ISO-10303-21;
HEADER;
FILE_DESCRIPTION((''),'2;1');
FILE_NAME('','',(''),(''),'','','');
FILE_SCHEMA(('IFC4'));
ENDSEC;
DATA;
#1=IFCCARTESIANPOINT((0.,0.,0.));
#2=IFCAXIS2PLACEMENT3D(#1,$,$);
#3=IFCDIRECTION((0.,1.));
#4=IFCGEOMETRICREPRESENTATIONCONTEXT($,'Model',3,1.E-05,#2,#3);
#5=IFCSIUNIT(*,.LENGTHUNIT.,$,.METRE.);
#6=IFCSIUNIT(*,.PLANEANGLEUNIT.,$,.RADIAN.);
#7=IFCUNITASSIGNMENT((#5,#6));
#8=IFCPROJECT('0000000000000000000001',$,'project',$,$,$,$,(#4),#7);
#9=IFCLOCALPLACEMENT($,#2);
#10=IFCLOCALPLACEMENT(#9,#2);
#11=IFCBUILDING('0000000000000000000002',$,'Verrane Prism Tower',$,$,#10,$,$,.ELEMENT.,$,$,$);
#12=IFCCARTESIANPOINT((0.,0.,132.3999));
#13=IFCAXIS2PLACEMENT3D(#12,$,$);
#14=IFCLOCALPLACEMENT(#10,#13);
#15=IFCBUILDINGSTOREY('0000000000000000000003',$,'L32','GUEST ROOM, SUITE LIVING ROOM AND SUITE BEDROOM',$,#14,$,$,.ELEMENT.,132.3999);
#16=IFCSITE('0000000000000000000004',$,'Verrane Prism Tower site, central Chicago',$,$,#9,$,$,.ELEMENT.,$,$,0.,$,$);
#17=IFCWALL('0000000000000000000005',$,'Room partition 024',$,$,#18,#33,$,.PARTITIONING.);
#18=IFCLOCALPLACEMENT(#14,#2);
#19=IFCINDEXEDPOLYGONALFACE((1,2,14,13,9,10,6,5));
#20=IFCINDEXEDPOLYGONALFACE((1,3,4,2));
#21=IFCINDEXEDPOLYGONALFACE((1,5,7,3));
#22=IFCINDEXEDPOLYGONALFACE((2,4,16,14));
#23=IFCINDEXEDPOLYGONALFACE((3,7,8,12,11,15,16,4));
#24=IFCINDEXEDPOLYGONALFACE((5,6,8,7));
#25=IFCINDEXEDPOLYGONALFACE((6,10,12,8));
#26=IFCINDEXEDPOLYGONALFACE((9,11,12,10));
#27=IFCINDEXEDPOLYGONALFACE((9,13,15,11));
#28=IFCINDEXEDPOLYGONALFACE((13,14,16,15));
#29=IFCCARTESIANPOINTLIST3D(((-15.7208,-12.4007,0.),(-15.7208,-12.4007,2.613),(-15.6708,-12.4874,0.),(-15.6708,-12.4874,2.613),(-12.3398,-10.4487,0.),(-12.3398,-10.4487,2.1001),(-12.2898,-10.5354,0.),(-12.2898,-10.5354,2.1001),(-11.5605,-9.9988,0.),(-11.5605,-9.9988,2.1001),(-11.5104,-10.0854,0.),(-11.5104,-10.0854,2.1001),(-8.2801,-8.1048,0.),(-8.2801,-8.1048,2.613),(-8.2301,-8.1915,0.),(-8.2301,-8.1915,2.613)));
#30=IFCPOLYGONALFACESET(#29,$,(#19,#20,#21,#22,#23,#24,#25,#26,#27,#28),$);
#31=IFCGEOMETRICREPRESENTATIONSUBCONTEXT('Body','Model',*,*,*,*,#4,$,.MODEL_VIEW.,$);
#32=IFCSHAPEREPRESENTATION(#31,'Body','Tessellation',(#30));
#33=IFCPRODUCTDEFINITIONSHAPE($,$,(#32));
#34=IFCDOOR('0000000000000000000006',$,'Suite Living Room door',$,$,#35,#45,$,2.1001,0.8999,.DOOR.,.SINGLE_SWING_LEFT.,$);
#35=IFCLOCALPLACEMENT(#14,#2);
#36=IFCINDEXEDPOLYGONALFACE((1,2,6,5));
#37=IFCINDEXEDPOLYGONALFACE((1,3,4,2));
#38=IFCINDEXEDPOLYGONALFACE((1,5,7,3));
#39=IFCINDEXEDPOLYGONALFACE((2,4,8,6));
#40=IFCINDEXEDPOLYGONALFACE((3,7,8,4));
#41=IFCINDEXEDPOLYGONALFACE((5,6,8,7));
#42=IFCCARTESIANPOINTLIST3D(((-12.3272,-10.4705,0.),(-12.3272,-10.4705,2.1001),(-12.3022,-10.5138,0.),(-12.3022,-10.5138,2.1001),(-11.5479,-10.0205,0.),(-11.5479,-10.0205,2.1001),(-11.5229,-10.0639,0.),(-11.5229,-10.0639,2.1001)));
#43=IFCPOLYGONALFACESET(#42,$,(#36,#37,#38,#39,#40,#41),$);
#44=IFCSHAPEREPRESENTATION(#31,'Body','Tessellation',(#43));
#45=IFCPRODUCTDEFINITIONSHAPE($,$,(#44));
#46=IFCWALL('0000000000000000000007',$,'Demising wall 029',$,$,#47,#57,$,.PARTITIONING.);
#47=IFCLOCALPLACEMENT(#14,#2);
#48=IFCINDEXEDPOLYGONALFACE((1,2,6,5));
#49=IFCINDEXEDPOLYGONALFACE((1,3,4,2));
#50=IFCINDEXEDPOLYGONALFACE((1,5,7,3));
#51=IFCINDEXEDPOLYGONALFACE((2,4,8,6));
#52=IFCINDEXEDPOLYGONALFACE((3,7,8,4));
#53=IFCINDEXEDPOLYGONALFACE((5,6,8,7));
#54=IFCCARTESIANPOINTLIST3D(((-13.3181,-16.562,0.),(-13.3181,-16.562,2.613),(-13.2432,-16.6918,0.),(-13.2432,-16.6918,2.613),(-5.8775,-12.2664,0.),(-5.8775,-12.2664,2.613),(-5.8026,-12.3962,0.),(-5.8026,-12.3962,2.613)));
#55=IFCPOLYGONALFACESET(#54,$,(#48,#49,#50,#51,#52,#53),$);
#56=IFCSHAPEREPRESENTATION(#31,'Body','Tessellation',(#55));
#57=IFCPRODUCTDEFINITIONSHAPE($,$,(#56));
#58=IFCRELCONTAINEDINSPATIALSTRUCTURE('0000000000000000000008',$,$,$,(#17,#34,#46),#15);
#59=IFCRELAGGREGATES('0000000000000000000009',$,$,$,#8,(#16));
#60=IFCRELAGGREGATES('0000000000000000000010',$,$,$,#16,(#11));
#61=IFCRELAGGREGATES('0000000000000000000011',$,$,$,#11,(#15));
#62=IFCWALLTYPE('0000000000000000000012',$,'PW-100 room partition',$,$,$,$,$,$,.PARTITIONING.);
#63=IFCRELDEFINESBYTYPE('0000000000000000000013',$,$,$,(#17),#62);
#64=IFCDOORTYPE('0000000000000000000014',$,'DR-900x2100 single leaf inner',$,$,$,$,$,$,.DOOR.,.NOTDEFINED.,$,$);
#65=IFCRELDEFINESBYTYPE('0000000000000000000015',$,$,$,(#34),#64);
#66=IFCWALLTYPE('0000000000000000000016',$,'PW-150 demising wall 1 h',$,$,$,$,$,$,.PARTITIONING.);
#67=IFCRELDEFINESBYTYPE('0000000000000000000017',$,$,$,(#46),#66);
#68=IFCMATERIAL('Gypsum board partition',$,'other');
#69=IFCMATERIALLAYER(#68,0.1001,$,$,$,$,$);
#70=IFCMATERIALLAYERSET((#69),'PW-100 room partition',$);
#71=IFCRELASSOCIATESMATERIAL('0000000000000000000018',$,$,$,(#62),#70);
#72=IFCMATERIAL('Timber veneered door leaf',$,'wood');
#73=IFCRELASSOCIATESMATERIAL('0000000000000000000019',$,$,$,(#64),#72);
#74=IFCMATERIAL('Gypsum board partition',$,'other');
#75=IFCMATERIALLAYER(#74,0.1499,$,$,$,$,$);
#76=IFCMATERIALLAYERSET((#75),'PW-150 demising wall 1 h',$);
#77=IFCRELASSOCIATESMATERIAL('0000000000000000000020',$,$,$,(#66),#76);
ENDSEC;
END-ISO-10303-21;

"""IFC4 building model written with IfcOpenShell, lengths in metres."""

from ifc_helpers import new_model, si_unit, direction, frame, frame_2d, origin, place, context, subcontext, project, spatial, rectangle, extrude, material, layer, layer_set, type_object, element, fill, save


model = new_model("IFC4")

# Units and contexts
model_context = context("Model", 3, precision=1e-05, world=origin(), true_north=direction((0.0, 1.0)))
body_context = subcontext(model_context, "Body", "Model", "MODEL_VIEW")
ifc_project = project(units=[si_unit("LENGTHUNIT", "METRE"), si_unit("PLANEANGLEUNIT", "RADIAN")], contexts=[model_context])

# Site, building, storey
site_placement = place(None, origin())
site = spatial("IfcSite", under=ifc_project, at=site_placement, Name="Verrane Prism Tower site, central Chicago", CompositionType="ELEMENT", RefElevation=0.0)
building_placement = place(site_placement, origin())
building = spatial("IfcBuilding", under=site, at=building_placement, Name="Verrane Prism Tower", CompositionType="ELEMENT")
storey_placement = place(building_placement, frame((0.0, 0.0, 132.3999)))
storey = spatial("IfcBuildingStorey", under=building, at=storey_placement, Name="L32", Description="GUEST ROOM, SUITE LIVING ROOM AND SUITE BEDROOM", CompositionType="ELEMENT", Elevation=132.3999)

# Wall, opening, door
ifc_material_1 = material(Name="Gypsum board partition", Category="other")
ifc_layer_1 = layer(ifc_material_1, 0.1001)
ifc_layer_set_1 = layer_set([ifc_layer_1], Name="PW-100 room partition")
wall_type_1 = type_object("IfcWallType", Name="PW-100 room partition", PredefinedType="PARTITIONING", material=ifc_layer_set_1)
wall_1_placement = place(storey_placement, frame((-15.6958, -12.4441, 0.0), z_axis=(0.0, 0.0, 1.0), x_axis=(0.866024, 0.500002, 0.0)))
wall_1 = element("IfcWall", 1, at=wall_1_placement, inside=storey, type_object=wall_type_1, Name="Room partition 024", PredefinedType="PARTITIONING", context=body_context, shape_type="SweptSolid", body=[
    extrude(rectangle(XDim=8.5918, YDim=0.1001, at=frame_2d((4.2959, 0.0))), origin(), (0.0, 0.0, 1.0), 2.613),
])
opening_placement = place(wall_1_placement, frame((3.9041, 0.0, 0.0)))
opening = element("IfcOpeningElement", 2, at=opening_placement, cuts=wall_1, PredefinedType="OPENING", context=body_context, shape_type="SweptSolid", body=[
    extrude(rectangle(XDim=0.8999, YDim=2.1001, at=frame_2d((0.45, 1.05))), frame((0.0, 0.0601, 0.0), z_axis=(0.0, -1.0, 0.0), x_axis=(1.0, 0.0, 0.0)), (0.0, 0.0, 1.0), 0.1201),
])
ifc_material_2 = material(Name="Timber veneered door leaf", Category="wood")
door_type = type_object("IfcDoorType", Name="DR-900x2100 single leaf inner", OperationType="NOTDEFINED", PredefinedType="DOOR", material=ifc_material_2)
door_placement = place(opening_placement, origin())
door = element("IfcDoor", 3, at=door_placement, inside=storey, type_object=door_type, Name="Suite Living Room door", OperationType="SINGLE_SWING_LEFT", OverallHeight=2.1001, OverallWidth=0.8999, PredefinedType="DOOR", context=body_context, shape_type="SweptSolid", body=[
    extrude(rectangle(XDim=0.8999, YDim=2.1001, at=frame_2d((0.45, 1.05))), frame((0.0, 0.0249, 0.0), z_axis=(0.0, -1.0, 0.0), x_axis=(1.0, 0.0, 0.0)), (0.0, 0.0, 1.0), 0.05),
])
fill(opening, door)

# Wall
ifc_material_3 = material(Name="Gypsum board partition", Category="other")
ifc_layer_2 = layer(ifc_material_3, 0.1499)
ifc_layer_set_2 = layer_set([ifc_layer_2], Name="PW-150 demising wall 1 h")
wall_type_2 = type_object("IfcWallType", Name="PW-150 demising wall 1 h", PredefinedType="PARTITIONING", material=ifc_layer_set_2)
wall_2_placement = place(storey_placement, frame((-13.2808, -16.627, 0.0), z_axis=(0.0, 0.0, 1.0), x_axis=(0.866037, 0.499981, 0.0)))
element("IfcWall", 4, at=wall_2_placement, inside=storey, type_object=wall_type_2, Name="Demising wall 029", PredefinedType="PARTITIONING", context=body_context, shape_type="SweptSolid", body=[
    extrude(rectangle(XDim=8.5916, YDim=0.1499, at=frame_2d((4.2959, 0.0))), origin(), (0.0, 0.0, 1.0), 2.613),
])

save(model, "model.ifc")
